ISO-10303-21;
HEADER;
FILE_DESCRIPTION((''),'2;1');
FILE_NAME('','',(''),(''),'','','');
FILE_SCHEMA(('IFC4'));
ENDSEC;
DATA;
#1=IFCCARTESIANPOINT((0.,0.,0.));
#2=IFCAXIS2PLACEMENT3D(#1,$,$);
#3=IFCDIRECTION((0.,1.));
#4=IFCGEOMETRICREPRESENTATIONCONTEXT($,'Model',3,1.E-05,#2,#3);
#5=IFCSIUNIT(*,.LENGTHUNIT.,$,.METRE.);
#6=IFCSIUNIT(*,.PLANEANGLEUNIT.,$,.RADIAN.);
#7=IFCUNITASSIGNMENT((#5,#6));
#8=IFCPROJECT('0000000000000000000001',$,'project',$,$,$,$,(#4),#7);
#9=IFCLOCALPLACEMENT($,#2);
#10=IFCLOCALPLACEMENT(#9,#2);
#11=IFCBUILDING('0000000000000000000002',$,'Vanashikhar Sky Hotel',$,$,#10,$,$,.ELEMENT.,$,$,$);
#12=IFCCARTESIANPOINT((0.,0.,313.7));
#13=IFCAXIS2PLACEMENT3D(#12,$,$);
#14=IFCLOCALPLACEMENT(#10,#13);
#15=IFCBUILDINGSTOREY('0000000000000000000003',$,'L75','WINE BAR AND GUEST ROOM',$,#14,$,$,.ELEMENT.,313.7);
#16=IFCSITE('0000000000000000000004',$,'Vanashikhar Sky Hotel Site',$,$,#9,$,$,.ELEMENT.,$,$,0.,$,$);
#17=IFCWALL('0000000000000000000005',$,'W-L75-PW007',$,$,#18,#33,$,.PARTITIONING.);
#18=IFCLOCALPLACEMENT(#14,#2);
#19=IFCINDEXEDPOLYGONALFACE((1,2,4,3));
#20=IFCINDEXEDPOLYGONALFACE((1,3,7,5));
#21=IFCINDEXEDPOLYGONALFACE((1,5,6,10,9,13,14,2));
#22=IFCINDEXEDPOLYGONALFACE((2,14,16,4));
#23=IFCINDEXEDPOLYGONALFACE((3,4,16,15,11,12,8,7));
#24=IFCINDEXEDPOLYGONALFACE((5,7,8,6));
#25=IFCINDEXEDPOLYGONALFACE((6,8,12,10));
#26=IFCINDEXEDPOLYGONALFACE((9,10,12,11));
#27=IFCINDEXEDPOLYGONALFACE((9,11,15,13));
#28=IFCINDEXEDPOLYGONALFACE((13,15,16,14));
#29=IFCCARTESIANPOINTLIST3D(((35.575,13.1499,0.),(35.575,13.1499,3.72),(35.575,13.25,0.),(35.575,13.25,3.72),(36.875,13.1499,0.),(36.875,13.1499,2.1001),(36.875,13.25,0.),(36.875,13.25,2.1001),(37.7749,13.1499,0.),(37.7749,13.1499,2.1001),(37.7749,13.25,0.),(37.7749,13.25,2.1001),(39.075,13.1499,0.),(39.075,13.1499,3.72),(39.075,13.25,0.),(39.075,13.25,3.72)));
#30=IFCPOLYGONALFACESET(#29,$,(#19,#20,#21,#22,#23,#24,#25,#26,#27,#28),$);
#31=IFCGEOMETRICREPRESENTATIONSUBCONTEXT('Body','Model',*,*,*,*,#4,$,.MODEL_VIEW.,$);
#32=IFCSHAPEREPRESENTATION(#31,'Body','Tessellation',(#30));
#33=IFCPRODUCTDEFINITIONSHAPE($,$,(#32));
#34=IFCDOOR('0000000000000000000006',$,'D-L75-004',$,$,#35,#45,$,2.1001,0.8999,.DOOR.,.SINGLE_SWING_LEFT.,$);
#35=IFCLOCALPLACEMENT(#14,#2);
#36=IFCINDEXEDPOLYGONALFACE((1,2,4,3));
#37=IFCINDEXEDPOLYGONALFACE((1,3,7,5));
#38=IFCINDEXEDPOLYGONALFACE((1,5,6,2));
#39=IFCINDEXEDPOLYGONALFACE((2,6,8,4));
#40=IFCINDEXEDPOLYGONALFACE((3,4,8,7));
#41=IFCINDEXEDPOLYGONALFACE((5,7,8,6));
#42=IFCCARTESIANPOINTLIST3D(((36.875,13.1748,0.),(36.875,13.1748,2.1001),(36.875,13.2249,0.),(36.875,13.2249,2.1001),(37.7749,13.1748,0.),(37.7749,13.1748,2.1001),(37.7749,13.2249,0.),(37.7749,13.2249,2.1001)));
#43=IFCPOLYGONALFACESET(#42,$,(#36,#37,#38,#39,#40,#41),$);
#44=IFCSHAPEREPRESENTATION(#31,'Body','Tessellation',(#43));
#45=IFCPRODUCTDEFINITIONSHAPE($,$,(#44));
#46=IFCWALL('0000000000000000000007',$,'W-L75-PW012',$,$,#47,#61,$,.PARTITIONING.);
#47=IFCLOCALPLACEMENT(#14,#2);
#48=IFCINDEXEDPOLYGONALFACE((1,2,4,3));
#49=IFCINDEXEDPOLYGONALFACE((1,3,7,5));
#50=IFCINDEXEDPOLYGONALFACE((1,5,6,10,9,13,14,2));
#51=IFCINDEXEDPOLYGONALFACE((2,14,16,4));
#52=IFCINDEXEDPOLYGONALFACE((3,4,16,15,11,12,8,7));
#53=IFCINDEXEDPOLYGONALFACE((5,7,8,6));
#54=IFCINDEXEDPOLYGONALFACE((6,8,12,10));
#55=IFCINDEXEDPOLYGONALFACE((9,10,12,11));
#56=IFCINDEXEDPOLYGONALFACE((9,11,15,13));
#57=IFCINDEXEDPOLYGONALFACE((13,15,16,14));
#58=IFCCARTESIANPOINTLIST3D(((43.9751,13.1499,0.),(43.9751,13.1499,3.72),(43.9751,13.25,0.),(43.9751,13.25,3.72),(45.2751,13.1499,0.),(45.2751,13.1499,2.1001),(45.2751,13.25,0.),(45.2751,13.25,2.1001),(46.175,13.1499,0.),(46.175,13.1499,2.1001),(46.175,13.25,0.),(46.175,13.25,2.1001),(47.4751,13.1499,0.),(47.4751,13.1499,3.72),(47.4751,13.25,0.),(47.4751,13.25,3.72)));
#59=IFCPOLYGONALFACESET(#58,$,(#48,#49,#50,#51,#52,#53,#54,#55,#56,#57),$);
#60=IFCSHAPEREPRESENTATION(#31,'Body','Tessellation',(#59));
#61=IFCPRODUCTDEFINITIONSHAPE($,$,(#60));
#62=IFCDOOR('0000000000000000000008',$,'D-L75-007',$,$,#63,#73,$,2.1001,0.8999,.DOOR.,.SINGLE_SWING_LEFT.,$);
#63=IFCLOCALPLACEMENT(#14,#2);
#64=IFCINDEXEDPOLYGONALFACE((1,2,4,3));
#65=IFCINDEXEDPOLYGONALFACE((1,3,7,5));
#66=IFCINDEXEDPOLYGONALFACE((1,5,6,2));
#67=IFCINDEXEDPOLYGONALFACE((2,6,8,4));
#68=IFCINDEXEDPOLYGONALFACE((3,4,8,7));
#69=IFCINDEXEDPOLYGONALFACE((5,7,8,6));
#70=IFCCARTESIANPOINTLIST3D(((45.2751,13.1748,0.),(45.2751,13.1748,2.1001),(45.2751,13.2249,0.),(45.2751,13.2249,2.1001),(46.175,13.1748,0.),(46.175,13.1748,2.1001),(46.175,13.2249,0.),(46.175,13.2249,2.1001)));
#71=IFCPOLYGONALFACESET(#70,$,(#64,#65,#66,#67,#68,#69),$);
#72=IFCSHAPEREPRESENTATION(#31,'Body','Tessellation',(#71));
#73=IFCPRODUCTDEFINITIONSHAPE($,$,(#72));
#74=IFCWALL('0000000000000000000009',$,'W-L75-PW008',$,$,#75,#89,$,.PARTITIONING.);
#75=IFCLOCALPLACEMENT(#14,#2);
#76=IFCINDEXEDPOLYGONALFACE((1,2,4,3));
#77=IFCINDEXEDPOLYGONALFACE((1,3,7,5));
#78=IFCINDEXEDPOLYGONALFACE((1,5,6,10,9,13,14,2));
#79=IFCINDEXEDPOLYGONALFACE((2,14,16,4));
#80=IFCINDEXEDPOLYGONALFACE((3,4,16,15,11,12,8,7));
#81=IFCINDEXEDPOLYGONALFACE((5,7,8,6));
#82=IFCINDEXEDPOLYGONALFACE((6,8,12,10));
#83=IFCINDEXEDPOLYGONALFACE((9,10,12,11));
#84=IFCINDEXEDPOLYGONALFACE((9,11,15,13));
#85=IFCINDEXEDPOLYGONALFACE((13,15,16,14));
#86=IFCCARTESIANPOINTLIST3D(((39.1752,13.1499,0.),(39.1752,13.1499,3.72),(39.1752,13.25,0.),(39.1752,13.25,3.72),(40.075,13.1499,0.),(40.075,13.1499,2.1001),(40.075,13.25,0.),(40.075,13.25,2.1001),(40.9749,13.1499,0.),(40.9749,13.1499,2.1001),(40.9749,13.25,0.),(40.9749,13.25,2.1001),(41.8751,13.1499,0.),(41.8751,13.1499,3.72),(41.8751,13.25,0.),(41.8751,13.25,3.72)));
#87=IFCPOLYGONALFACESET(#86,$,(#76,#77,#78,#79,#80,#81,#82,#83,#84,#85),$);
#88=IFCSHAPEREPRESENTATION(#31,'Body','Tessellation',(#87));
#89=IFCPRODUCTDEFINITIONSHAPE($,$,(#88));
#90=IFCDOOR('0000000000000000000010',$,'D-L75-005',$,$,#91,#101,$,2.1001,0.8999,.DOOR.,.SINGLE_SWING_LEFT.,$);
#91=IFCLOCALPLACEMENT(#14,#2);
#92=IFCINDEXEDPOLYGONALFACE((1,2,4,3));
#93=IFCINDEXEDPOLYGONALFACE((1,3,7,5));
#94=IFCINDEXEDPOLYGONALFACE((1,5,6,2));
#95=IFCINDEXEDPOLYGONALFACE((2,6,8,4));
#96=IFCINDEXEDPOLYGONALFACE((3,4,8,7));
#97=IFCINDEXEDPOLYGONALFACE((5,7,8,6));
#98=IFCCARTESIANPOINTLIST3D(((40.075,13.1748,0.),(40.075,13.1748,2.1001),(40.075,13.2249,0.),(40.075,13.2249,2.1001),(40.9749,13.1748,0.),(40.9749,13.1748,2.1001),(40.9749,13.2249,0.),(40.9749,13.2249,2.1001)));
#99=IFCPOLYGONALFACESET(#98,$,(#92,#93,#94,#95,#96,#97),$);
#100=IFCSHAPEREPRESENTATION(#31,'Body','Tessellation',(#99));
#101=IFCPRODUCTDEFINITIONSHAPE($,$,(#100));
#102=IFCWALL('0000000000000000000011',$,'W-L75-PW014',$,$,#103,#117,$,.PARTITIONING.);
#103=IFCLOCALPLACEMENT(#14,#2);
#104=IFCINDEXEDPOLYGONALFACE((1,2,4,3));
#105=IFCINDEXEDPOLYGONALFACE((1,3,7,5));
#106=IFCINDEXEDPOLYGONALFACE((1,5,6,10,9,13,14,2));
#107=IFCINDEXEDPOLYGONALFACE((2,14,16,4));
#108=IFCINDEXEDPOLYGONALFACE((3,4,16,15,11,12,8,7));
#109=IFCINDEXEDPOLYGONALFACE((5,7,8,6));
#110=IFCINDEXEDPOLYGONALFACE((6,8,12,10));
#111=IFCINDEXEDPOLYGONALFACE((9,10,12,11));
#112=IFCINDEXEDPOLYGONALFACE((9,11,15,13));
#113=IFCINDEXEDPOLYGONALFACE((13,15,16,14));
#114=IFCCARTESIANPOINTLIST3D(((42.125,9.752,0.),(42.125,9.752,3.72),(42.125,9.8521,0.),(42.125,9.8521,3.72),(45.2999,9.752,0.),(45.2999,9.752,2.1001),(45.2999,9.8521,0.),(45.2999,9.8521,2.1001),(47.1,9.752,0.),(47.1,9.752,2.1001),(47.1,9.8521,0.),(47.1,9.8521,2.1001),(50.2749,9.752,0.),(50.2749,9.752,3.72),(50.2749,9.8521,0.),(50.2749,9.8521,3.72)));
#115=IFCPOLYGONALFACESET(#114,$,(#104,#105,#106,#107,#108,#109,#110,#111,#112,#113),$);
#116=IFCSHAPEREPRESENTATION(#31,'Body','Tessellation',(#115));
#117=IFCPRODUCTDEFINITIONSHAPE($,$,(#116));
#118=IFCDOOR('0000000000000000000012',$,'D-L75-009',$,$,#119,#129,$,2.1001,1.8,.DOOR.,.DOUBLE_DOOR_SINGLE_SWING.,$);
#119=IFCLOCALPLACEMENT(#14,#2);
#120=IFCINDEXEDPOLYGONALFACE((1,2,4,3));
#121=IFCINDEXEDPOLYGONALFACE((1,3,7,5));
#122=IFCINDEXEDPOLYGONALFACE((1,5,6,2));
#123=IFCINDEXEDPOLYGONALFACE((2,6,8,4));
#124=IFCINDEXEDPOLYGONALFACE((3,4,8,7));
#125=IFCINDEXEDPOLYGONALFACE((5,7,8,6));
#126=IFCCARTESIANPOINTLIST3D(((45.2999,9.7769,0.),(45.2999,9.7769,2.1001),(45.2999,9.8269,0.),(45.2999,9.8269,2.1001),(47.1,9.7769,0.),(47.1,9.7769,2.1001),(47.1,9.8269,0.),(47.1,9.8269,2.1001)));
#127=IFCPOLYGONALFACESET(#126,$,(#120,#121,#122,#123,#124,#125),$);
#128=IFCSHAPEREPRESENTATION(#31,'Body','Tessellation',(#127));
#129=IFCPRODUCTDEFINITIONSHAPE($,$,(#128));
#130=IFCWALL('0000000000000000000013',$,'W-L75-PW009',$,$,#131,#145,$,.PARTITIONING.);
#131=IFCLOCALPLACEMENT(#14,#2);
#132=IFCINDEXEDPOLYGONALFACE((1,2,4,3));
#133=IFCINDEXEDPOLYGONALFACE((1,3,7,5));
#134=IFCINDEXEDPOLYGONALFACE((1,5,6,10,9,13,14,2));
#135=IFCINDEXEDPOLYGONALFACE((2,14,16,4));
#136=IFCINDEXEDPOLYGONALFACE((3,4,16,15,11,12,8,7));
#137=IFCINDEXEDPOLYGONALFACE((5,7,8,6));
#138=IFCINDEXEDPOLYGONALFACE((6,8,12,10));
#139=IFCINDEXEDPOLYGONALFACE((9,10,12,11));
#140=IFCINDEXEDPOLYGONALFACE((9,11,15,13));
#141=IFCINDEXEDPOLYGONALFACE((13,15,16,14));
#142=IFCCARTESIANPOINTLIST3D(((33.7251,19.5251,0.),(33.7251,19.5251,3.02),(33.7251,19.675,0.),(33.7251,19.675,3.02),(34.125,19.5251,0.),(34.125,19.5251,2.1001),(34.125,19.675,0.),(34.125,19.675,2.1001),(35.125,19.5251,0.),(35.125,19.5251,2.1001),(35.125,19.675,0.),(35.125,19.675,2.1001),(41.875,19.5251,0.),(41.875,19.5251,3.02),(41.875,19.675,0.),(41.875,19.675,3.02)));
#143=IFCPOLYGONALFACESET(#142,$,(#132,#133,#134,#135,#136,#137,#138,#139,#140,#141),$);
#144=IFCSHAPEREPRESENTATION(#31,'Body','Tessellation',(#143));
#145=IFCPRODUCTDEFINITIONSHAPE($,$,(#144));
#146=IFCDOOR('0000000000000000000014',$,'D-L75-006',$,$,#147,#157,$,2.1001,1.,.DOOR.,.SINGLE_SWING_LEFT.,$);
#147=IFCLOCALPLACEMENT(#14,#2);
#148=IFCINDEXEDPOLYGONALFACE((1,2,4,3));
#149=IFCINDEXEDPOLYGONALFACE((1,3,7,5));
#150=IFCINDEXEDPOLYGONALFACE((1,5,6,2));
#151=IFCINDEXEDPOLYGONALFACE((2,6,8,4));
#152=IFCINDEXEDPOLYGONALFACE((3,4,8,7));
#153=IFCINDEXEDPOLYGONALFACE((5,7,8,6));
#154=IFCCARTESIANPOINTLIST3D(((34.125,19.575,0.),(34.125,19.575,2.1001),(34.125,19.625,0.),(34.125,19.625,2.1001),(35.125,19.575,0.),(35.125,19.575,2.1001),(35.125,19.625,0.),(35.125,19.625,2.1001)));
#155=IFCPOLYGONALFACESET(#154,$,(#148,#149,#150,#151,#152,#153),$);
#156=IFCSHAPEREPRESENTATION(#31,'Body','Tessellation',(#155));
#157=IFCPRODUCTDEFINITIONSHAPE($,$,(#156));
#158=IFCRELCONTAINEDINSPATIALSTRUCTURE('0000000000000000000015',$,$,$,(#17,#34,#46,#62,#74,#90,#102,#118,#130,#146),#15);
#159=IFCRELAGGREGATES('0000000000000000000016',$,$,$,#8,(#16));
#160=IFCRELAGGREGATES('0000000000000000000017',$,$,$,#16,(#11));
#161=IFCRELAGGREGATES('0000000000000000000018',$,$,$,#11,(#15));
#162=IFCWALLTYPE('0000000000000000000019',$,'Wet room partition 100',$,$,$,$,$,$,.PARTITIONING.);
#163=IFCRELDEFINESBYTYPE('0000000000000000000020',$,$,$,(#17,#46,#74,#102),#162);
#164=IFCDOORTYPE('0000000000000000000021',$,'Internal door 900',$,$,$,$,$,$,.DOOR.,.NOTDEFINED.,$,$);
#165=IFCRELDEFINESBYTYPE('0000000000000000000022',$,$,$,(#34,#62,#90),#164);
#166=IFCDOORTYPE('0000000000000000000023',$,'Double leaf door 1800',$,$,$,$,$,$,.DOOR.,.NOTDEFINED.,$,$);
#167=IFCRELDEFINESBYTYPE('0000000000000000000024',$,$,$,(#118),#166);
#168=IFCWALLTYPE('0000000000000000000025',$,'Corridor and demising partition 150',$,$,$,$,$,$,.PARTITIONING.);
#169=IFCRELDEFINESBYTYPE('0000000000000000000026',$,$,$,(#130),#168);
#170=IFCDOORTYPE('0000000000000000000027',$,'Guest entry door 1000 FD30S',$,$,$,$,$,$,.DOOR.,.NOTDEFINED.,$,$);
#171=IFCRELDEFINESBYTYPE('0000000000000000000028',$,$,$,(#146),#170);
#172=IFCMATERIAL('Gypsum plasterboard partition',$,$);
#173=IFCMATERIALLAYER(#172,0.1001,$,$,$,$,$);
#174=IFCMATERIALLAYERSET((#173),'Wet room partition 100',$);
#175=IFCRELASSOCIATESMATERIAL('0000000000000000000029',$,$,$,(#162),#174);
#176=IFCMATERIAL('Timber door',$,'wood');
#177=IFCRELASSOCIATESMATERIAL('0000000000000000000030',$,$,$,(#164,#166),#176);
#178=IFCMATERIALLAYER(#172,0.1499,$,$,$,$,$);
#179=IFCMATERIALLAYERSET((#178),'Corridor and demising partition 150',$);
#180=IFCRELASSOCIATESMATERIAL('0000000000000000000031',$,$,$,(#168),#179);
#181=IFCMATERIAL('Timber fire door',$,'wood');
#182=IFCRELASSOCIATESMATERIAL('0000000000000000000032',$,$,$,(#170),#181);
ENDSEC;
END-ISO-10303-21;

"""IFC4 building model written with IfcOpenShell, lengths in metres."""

from ifc_helpers import new_model, si_unit, direction, frame, frame_2d, origin, place, context, subcontext, project, spatial, rectangle, extrude, source, transform, mapped, material, layer, layer_set, type_object, element, fill, save


model = new_model("IFC4")

# Units and contexts
model_context = context("Model", 3, precision=1e-05, world=origin(), true_north=direction((0.0, 1.0)))
body_context = subcontext(model_context, "Body", "Model", "MODEL_VIEW")
ifc_project = project(units=[si_unit("LENGTHUNIT", "METRE"), si_unit("PLANEANGLEUNIT", "RADIAN")], contexts=[model_context])

# Site, building, storey
site_placement = place(None, origin())
site = spatial("IfcSite", under=ifc_project, at=site_placement, Name="Vanashikhar Sky Hotel Site", CompositionType="ELEMENT", RefElevation=0.0)
building_placement = place(site_placement, origin())
building = spatial("IfcBuilding", under=site, at=building_placement, Name="Vanashikhar Sky Hotel", CompositionType="ELEMENT")
storey_placement = place(building_placement, frame((0.0, 0.0, 313.7)))
storey = spatial("IfcBuildingStorey", under=building, at=storey_placement, Name="L75", Description="WINE BAR AND GUEST ROOM", CompositionType="ELEMENT", Elevation=313.7)

# Shared definitions
ifc_material_1 = material(Name="Gypsum plasterboard partition")
ifc_layer_1 = layer(ifc_material_1, 0.1001)
ifc_layer_set_1 = layer_set([ifc_layer_1], Name="Wet room partition 100")
wall_type_1 = type_object("IfcWallType", Name="Wet room partition 100", PredefinedType="PARTITIONING", material=ifc_layer_set_1)

# Walls, openings, doors
shared_shape_1 = source(origin(), body_context, "Body", "SweptSolid", [
    extrude(rectangle(XDim=3.5, YDim=0.1001, at=frame_2d((1.75, 0.0))), origin(), (0.0, 0.0, 1.0), 3.72),
])
wall_1_placement = place(storey_placement, frame((35.575, 13.2, 0.0), z_axis=(0.0, 0.0, 1.0), x_axis=(1.0, 0.0, 0.0)))
wall_1 = element("IfcWall", 1, at=wall_1_placement, inside=storey, type_object=wall_type_1, Name="W-L75-PW007", PredefinedType="PARTITIONING", context=body_context, shape_type="MappedRepresentation", body=[
    mapped(shared_shape_1, transform((0.0, 0.0, 0.0), scale=1.0)),
])
shared_shape_2 = source(origin(), body_context, "Body", "SweptSolid", [
    extrude(rectangle(XDim=0.8999, YDim=2.1001, at=frame_2d((0.45, 1.05))), frame((0.0, 0.0601, 0.0), z_axis=(0.0, -1.0, 0.0), x_axis=(1.0, 0.0, 0.0)), (0.0, 0.0, 1.0), 0.1201),
])
opening_1_placement = place(wall_1_placement, frame((1.3, 0.0, 0.0)))
opening_1 = element("IfcOpeningElement", 2, at=opening_1_placement, cuts=wall_1, PredefinedType="OPENING", context=body_context, shape_type="MappedRepresentation", body=[
    mapped(shared_shape_2, transform((0.0, 0.0, 0.0), scale=1.0)),
])
ifc_material_2 = material(Name="Timber door", Category="wood")
door_type_1 = type_object("IfcDoorType", Name="Internal door 900", OperationType="NOTDEFINED", PredefinedType="DOOR", material=ifc_material_2)
shared_shape_3 = source(origin(), body_context, "Body", "SweptSolid", [
    extrude(rectangle(XDim=0.8999, YDim=2.1001, at=frame_2d((0.45, 1.05))), frame((0.0, 0.0249, 0.0), z_axis=(0.0, -1.0, 0.0), x_axis=(1.0, 0.0, 0.0)), (0.0, 0.0, 1.0), 0.05),
])
door_1_placement = place(opening_1_placement, origin())
door_1 = element("IfcDoor", 3, at=door_1_placement, inside=storey, type_object=door_type_1, Name="D-L75-004", OperationType="SINGLE_SWING_LEFT", OverallHeight=2.1001, OverallWidth=0.8999, PredefinedType="DOOR", context=body_context, shape_type="MappedRepresentation", body=[
    mapped(shared_shape_3, transform((0.0, 0.0, 0.0), scale=1.0)),
])
fill(opening_1, door_1)
wall_2_placement = place(storey_placement, frame((43.9751, 13.2, 0.0), z_axis=(0.0, 0.0, 1.0), x_axis=(1.0, 0.0, 0.0)))
wall_2 = element("IfcWall", 4, at=wall_2_placement, inside=storey, type_object=wall_type_1, Name="W-L75-PW012", PredefinedType="PARTITIONING", context=body_context, shape_type="MappedRepresentation", body=[
    mapped(shared_shape_1, transform((0.0, 0.0, 0.0), scale=1.0)),
])
opening_2_placement = place(wall_2_placement, frame((1.3, 0.0, 0.0)))
opening_2 = element("IfcOpeningElement", 5, at=opening_2_placement, cuts=wall_2, PredefinedType="OPENING", context=body_context, shape_type="MappedRepresentation", body=[
    mapped(shared_shape_2, transform((0.0, 0.0, 0.0), scale=1.0)),
])
door_2_placement = place(opening_2_placement, origin())
door_2 = element("IfcDoor", 6, at=door_2_placement, inside=storey, type_object=door_type_1, Name="D-L75-007", OperationType="SINGLE_SWING_LEFT", OverallHeight=2.1001, OverallWidth=0.8999, PredefinedType="DOOR", context=body_context, shape_type="MappedRepresentation", body=[
    mapped(shared_shape_3, transform((0.0, 0.0, 0.0), scale=1.0)),
])
fill(opening_2, door_2)
shared_shape_4 = source(origin(), body_context, "Body", "SweptSolid", [
    extrude(rectangle(XDim=2.7, YDim=0.1001, at=frame_2d((1.3501, 0.0))), origin(), (0.0, 0.0, 1.0), 3.72),
])
wall_3_placement = place(storey_placement, frame((39.175, 13.2, 0.0), z_axis=(0.0, 0.0, 1.0), x_axis=(1.0, 0.0, 0.0)))
wall_3 = element("IfcWall", 7, at=wall_3_placement, inside=storey, type_object=wall_type_1, Name="W-L75-PW008", PredefinedType="PARTITIONING", context=body_context, shape_type="MappedRepresentation", body=[
    mapped(shared_shape_4, transform((0.0, 0.0, 0.0), scale=1.0)),
])
opening_3_placement = place(wall_3_placement, frame((0.8999, 0.0, 0.0)))
opening_3 = element("IfcOpeningElement", 8, at=opening_3_placement, cuts=wall_3, PredefinedType="OPENING", context=body_context, shape_type="MappedRepresentation", body=[
    mapped(shared_shape_2, transform((0.0, 0.0, 0.0), scale=1.0)),
])
door_3_placement = place(opening_3_placement, origin())
door_3 = element("IfcDoor", 9, at=door_3_placement, inside=storey, type_object=door_type_1, Name="D-L75-005", OperationType="SINGLE_SWING_LEFT", OverallHeight=2.1001, OverallWidth=0.8999, PredefinedType="DOOR", context=body_context, shape_type="MappedRepresentation", body=[
    mapped(shared_shape_3, transform((0.0, 0.0, 0.0), scale=1.0)),
])
fill(opening_3, door_3)
shared_shape_5 = source(origin(), body_context, "Body", "SweptSolid", [
    extrude(rectangle(XDim=8.1499, YDim=0.1001, at=frame_2d((4.075, 0.0))), origin(), (0.0, 0.0, 1.0), 3.72),
])
wall_4_placement = place(storey_placement, frame((42.125, 9.802, 0.0), z_axis=(0.0, 0.0, 1.0), x_axis=(1.0, 0.0, 0.0)))
wall_4 = element("IfcWall", 10, at=wall_4_placement, inside=storey, type_object=wall_type_1, Name="W-L75-PW014", PredefinedType="PARTITIONING", context=body_context, shape_type="MappedRepresentation", body=[
    mapped(shared_shape_5, transform((0.0, 0.0, 0.0), scale=1.0)),
])
shared_shape_6 = source(origin(), body_context, "Body", "SweptSolid", [
    extrude(rectangle(XDim=1.8, YDim=2.1001, at=frame_2d((0.8999, 1.05))), frame((0.0, 0.0601, 0.0), z_axis=(0.0, -1.0, 0.0), x_axis=(1.0, 0.0, 0.0)), (0.0, 0.0, 1.0), 0.1201),
])
opening_4_placement = place(wall_4_placement, frame((3.175, 0.0, 0.0)))
opening_4 = element("IfcOpeningElement", 11, at=opening_4_placement, cuts=wall_4, PredefinedType="OPENING", context=body_context, shape_type="MappedRepresentation", body=[
    mapped(shared_shape_6, transform((0.0, 0.0, 0.0), scale=1.0)),
])
door_type_2 = type_object("IfcDoorType", Name="Double leaf door 1800", OperationType="NOTDEFINED", PredefinedType="DOOR", material=ifc_material_2)
shared_shape_7 = source(origin(), body_context, "Body", "SweptSolid", [
    extrude(rectangle(XDim=1.8, YDim=2.1001, at=frame_2d((0.8999, 1.05))), frame((0.0, 0.0249, 0.0), z_axis=(0.0, -1.0, 0.0), x_axis=(1.0, 0.0, 0.0)), (0.0, 0.0, 1.0), 0.05),
])
door_4_placement = place(opening_4_placement, origin())
door_4 = element("IfcDoor", 12, at=door_4_placement, inside=storey, type_object=door_type_2, Name="D-L75-009", OperationType="DOUBLE_DOOR_SINGLE_SWING", OverallHeight=2.1001, OverallWidth=1.8, PredefinedType="DOOR", context=body_context, shape_type="MappedRepresentation", body=[
    mapped(shared_shape_7, transform((0.0, 0.0, 0.0), scale=1.0)),
])
fill(opening_4, door_4)
ifc_layer_2 = layer(ifc_material_1, 0.1499)
ifc_layer_set_2 = layer_set([ifc_layer_2], Name="Corridor and demising partition 150")
wall_type_2 = type_object("IfcWallType", Name="Corridor and demising partition 150", PredefinedType="PARTITIONING", material=ifc_layer_set_2)
shared_shape_8 = source(origin(), body_context, "Body", "SweptSolid", [
    extrude(rectangle(XDim=8.1499, YDim=0.1499, at=frame_2d((4.075, 0.0))), origin(), (0.0, 0.0, 1.0), 3.02),
])
wall_5_placement = place(storey_placement, frame((33.7251, 19.6001, 0.0), z_axis=(0.0, 0.0, 1.0), x_axis=(1.0, 0.0, 0.0)))
wall_5 = element("IfcWall", 13, at=wall_5_placement, inside=storey, type_object=wall_type_2, Name="W-L75-PW009", PredefinedType="PARTITIONING", context=body_context, shape_type="MappedRepresentation", body=[
    mapped(shared_shape_8, transform((0.0, 0.0, 0.0), scale=1.0)),
])
shared_shape_9 = source(origin(), body_context, "Body", "SweptSolid", [
    extrude(rectangle(XDim=1.0, YDim=2.1001, at=frame_2d((0.5, 1.05))), frame((0.0, 0.085, 0.0), z_axis=(0.0, -1.0, 0.0), x_axis=(1.0, 0.0, 0.0)), (0.0, 0.0, 1.0), 0.1699),
])
opening_5_placement = place(wall_5_placement, frame((0.3999, 0.0, 0.0)))
opening_5 = element("IfcOpeningElement", 14, at=opening_5_placement, cuts=wall_5, PredefinedType="OPENING", context=body_context, shape_type="MappedRepresentation", body=[
    mapped(shared_shape_9, transform((0.0, 0.0, 0.0), scale=1.0)),
])
ifc_material_3 = material(Name="Timber fire door", Category="wood")
door_type_3 = type_object("IfcDoorType", Name="Guest entry door 1000 FD30S", OperationType="NOTDEFINED", PredefinedType="DOOR", material=ifc_material_3)
shared_shape_10 = source(origin(), body_context, "Body", "SweptSolid", [
    extrude(rectangle(XDim=1.0, YDim=2.1001, at=frame_2d((0.5, 1.05))), frame((0.0, 0.0249, 0.0), z_axis=(0.0, -1.0, 0.0), x_axis=(1.0, 0.0, 0.0)), (0.0, 0.0, 1.0), 0.05),
])
door_5_placement = place(opening_5_placement, origin())
door_5 = element("IfcDoor", 15, at=door_5_placement, inside=storey, type_object=door_type_3, Name="D-L75-006", OperationType="SINGLE_SWING_LEFT", OverallHeight=2.1001, OverallWidth=1.0, PredefinedType="DOOR", context=body_context, shape_type="MappedRepresentation", body=[
    mapped(shared_shape_10, transform((0.0, 0.0, 0.0), scale=1.0)),
])
fill(opening_5, door_5)

save(model, "model.ifc")
